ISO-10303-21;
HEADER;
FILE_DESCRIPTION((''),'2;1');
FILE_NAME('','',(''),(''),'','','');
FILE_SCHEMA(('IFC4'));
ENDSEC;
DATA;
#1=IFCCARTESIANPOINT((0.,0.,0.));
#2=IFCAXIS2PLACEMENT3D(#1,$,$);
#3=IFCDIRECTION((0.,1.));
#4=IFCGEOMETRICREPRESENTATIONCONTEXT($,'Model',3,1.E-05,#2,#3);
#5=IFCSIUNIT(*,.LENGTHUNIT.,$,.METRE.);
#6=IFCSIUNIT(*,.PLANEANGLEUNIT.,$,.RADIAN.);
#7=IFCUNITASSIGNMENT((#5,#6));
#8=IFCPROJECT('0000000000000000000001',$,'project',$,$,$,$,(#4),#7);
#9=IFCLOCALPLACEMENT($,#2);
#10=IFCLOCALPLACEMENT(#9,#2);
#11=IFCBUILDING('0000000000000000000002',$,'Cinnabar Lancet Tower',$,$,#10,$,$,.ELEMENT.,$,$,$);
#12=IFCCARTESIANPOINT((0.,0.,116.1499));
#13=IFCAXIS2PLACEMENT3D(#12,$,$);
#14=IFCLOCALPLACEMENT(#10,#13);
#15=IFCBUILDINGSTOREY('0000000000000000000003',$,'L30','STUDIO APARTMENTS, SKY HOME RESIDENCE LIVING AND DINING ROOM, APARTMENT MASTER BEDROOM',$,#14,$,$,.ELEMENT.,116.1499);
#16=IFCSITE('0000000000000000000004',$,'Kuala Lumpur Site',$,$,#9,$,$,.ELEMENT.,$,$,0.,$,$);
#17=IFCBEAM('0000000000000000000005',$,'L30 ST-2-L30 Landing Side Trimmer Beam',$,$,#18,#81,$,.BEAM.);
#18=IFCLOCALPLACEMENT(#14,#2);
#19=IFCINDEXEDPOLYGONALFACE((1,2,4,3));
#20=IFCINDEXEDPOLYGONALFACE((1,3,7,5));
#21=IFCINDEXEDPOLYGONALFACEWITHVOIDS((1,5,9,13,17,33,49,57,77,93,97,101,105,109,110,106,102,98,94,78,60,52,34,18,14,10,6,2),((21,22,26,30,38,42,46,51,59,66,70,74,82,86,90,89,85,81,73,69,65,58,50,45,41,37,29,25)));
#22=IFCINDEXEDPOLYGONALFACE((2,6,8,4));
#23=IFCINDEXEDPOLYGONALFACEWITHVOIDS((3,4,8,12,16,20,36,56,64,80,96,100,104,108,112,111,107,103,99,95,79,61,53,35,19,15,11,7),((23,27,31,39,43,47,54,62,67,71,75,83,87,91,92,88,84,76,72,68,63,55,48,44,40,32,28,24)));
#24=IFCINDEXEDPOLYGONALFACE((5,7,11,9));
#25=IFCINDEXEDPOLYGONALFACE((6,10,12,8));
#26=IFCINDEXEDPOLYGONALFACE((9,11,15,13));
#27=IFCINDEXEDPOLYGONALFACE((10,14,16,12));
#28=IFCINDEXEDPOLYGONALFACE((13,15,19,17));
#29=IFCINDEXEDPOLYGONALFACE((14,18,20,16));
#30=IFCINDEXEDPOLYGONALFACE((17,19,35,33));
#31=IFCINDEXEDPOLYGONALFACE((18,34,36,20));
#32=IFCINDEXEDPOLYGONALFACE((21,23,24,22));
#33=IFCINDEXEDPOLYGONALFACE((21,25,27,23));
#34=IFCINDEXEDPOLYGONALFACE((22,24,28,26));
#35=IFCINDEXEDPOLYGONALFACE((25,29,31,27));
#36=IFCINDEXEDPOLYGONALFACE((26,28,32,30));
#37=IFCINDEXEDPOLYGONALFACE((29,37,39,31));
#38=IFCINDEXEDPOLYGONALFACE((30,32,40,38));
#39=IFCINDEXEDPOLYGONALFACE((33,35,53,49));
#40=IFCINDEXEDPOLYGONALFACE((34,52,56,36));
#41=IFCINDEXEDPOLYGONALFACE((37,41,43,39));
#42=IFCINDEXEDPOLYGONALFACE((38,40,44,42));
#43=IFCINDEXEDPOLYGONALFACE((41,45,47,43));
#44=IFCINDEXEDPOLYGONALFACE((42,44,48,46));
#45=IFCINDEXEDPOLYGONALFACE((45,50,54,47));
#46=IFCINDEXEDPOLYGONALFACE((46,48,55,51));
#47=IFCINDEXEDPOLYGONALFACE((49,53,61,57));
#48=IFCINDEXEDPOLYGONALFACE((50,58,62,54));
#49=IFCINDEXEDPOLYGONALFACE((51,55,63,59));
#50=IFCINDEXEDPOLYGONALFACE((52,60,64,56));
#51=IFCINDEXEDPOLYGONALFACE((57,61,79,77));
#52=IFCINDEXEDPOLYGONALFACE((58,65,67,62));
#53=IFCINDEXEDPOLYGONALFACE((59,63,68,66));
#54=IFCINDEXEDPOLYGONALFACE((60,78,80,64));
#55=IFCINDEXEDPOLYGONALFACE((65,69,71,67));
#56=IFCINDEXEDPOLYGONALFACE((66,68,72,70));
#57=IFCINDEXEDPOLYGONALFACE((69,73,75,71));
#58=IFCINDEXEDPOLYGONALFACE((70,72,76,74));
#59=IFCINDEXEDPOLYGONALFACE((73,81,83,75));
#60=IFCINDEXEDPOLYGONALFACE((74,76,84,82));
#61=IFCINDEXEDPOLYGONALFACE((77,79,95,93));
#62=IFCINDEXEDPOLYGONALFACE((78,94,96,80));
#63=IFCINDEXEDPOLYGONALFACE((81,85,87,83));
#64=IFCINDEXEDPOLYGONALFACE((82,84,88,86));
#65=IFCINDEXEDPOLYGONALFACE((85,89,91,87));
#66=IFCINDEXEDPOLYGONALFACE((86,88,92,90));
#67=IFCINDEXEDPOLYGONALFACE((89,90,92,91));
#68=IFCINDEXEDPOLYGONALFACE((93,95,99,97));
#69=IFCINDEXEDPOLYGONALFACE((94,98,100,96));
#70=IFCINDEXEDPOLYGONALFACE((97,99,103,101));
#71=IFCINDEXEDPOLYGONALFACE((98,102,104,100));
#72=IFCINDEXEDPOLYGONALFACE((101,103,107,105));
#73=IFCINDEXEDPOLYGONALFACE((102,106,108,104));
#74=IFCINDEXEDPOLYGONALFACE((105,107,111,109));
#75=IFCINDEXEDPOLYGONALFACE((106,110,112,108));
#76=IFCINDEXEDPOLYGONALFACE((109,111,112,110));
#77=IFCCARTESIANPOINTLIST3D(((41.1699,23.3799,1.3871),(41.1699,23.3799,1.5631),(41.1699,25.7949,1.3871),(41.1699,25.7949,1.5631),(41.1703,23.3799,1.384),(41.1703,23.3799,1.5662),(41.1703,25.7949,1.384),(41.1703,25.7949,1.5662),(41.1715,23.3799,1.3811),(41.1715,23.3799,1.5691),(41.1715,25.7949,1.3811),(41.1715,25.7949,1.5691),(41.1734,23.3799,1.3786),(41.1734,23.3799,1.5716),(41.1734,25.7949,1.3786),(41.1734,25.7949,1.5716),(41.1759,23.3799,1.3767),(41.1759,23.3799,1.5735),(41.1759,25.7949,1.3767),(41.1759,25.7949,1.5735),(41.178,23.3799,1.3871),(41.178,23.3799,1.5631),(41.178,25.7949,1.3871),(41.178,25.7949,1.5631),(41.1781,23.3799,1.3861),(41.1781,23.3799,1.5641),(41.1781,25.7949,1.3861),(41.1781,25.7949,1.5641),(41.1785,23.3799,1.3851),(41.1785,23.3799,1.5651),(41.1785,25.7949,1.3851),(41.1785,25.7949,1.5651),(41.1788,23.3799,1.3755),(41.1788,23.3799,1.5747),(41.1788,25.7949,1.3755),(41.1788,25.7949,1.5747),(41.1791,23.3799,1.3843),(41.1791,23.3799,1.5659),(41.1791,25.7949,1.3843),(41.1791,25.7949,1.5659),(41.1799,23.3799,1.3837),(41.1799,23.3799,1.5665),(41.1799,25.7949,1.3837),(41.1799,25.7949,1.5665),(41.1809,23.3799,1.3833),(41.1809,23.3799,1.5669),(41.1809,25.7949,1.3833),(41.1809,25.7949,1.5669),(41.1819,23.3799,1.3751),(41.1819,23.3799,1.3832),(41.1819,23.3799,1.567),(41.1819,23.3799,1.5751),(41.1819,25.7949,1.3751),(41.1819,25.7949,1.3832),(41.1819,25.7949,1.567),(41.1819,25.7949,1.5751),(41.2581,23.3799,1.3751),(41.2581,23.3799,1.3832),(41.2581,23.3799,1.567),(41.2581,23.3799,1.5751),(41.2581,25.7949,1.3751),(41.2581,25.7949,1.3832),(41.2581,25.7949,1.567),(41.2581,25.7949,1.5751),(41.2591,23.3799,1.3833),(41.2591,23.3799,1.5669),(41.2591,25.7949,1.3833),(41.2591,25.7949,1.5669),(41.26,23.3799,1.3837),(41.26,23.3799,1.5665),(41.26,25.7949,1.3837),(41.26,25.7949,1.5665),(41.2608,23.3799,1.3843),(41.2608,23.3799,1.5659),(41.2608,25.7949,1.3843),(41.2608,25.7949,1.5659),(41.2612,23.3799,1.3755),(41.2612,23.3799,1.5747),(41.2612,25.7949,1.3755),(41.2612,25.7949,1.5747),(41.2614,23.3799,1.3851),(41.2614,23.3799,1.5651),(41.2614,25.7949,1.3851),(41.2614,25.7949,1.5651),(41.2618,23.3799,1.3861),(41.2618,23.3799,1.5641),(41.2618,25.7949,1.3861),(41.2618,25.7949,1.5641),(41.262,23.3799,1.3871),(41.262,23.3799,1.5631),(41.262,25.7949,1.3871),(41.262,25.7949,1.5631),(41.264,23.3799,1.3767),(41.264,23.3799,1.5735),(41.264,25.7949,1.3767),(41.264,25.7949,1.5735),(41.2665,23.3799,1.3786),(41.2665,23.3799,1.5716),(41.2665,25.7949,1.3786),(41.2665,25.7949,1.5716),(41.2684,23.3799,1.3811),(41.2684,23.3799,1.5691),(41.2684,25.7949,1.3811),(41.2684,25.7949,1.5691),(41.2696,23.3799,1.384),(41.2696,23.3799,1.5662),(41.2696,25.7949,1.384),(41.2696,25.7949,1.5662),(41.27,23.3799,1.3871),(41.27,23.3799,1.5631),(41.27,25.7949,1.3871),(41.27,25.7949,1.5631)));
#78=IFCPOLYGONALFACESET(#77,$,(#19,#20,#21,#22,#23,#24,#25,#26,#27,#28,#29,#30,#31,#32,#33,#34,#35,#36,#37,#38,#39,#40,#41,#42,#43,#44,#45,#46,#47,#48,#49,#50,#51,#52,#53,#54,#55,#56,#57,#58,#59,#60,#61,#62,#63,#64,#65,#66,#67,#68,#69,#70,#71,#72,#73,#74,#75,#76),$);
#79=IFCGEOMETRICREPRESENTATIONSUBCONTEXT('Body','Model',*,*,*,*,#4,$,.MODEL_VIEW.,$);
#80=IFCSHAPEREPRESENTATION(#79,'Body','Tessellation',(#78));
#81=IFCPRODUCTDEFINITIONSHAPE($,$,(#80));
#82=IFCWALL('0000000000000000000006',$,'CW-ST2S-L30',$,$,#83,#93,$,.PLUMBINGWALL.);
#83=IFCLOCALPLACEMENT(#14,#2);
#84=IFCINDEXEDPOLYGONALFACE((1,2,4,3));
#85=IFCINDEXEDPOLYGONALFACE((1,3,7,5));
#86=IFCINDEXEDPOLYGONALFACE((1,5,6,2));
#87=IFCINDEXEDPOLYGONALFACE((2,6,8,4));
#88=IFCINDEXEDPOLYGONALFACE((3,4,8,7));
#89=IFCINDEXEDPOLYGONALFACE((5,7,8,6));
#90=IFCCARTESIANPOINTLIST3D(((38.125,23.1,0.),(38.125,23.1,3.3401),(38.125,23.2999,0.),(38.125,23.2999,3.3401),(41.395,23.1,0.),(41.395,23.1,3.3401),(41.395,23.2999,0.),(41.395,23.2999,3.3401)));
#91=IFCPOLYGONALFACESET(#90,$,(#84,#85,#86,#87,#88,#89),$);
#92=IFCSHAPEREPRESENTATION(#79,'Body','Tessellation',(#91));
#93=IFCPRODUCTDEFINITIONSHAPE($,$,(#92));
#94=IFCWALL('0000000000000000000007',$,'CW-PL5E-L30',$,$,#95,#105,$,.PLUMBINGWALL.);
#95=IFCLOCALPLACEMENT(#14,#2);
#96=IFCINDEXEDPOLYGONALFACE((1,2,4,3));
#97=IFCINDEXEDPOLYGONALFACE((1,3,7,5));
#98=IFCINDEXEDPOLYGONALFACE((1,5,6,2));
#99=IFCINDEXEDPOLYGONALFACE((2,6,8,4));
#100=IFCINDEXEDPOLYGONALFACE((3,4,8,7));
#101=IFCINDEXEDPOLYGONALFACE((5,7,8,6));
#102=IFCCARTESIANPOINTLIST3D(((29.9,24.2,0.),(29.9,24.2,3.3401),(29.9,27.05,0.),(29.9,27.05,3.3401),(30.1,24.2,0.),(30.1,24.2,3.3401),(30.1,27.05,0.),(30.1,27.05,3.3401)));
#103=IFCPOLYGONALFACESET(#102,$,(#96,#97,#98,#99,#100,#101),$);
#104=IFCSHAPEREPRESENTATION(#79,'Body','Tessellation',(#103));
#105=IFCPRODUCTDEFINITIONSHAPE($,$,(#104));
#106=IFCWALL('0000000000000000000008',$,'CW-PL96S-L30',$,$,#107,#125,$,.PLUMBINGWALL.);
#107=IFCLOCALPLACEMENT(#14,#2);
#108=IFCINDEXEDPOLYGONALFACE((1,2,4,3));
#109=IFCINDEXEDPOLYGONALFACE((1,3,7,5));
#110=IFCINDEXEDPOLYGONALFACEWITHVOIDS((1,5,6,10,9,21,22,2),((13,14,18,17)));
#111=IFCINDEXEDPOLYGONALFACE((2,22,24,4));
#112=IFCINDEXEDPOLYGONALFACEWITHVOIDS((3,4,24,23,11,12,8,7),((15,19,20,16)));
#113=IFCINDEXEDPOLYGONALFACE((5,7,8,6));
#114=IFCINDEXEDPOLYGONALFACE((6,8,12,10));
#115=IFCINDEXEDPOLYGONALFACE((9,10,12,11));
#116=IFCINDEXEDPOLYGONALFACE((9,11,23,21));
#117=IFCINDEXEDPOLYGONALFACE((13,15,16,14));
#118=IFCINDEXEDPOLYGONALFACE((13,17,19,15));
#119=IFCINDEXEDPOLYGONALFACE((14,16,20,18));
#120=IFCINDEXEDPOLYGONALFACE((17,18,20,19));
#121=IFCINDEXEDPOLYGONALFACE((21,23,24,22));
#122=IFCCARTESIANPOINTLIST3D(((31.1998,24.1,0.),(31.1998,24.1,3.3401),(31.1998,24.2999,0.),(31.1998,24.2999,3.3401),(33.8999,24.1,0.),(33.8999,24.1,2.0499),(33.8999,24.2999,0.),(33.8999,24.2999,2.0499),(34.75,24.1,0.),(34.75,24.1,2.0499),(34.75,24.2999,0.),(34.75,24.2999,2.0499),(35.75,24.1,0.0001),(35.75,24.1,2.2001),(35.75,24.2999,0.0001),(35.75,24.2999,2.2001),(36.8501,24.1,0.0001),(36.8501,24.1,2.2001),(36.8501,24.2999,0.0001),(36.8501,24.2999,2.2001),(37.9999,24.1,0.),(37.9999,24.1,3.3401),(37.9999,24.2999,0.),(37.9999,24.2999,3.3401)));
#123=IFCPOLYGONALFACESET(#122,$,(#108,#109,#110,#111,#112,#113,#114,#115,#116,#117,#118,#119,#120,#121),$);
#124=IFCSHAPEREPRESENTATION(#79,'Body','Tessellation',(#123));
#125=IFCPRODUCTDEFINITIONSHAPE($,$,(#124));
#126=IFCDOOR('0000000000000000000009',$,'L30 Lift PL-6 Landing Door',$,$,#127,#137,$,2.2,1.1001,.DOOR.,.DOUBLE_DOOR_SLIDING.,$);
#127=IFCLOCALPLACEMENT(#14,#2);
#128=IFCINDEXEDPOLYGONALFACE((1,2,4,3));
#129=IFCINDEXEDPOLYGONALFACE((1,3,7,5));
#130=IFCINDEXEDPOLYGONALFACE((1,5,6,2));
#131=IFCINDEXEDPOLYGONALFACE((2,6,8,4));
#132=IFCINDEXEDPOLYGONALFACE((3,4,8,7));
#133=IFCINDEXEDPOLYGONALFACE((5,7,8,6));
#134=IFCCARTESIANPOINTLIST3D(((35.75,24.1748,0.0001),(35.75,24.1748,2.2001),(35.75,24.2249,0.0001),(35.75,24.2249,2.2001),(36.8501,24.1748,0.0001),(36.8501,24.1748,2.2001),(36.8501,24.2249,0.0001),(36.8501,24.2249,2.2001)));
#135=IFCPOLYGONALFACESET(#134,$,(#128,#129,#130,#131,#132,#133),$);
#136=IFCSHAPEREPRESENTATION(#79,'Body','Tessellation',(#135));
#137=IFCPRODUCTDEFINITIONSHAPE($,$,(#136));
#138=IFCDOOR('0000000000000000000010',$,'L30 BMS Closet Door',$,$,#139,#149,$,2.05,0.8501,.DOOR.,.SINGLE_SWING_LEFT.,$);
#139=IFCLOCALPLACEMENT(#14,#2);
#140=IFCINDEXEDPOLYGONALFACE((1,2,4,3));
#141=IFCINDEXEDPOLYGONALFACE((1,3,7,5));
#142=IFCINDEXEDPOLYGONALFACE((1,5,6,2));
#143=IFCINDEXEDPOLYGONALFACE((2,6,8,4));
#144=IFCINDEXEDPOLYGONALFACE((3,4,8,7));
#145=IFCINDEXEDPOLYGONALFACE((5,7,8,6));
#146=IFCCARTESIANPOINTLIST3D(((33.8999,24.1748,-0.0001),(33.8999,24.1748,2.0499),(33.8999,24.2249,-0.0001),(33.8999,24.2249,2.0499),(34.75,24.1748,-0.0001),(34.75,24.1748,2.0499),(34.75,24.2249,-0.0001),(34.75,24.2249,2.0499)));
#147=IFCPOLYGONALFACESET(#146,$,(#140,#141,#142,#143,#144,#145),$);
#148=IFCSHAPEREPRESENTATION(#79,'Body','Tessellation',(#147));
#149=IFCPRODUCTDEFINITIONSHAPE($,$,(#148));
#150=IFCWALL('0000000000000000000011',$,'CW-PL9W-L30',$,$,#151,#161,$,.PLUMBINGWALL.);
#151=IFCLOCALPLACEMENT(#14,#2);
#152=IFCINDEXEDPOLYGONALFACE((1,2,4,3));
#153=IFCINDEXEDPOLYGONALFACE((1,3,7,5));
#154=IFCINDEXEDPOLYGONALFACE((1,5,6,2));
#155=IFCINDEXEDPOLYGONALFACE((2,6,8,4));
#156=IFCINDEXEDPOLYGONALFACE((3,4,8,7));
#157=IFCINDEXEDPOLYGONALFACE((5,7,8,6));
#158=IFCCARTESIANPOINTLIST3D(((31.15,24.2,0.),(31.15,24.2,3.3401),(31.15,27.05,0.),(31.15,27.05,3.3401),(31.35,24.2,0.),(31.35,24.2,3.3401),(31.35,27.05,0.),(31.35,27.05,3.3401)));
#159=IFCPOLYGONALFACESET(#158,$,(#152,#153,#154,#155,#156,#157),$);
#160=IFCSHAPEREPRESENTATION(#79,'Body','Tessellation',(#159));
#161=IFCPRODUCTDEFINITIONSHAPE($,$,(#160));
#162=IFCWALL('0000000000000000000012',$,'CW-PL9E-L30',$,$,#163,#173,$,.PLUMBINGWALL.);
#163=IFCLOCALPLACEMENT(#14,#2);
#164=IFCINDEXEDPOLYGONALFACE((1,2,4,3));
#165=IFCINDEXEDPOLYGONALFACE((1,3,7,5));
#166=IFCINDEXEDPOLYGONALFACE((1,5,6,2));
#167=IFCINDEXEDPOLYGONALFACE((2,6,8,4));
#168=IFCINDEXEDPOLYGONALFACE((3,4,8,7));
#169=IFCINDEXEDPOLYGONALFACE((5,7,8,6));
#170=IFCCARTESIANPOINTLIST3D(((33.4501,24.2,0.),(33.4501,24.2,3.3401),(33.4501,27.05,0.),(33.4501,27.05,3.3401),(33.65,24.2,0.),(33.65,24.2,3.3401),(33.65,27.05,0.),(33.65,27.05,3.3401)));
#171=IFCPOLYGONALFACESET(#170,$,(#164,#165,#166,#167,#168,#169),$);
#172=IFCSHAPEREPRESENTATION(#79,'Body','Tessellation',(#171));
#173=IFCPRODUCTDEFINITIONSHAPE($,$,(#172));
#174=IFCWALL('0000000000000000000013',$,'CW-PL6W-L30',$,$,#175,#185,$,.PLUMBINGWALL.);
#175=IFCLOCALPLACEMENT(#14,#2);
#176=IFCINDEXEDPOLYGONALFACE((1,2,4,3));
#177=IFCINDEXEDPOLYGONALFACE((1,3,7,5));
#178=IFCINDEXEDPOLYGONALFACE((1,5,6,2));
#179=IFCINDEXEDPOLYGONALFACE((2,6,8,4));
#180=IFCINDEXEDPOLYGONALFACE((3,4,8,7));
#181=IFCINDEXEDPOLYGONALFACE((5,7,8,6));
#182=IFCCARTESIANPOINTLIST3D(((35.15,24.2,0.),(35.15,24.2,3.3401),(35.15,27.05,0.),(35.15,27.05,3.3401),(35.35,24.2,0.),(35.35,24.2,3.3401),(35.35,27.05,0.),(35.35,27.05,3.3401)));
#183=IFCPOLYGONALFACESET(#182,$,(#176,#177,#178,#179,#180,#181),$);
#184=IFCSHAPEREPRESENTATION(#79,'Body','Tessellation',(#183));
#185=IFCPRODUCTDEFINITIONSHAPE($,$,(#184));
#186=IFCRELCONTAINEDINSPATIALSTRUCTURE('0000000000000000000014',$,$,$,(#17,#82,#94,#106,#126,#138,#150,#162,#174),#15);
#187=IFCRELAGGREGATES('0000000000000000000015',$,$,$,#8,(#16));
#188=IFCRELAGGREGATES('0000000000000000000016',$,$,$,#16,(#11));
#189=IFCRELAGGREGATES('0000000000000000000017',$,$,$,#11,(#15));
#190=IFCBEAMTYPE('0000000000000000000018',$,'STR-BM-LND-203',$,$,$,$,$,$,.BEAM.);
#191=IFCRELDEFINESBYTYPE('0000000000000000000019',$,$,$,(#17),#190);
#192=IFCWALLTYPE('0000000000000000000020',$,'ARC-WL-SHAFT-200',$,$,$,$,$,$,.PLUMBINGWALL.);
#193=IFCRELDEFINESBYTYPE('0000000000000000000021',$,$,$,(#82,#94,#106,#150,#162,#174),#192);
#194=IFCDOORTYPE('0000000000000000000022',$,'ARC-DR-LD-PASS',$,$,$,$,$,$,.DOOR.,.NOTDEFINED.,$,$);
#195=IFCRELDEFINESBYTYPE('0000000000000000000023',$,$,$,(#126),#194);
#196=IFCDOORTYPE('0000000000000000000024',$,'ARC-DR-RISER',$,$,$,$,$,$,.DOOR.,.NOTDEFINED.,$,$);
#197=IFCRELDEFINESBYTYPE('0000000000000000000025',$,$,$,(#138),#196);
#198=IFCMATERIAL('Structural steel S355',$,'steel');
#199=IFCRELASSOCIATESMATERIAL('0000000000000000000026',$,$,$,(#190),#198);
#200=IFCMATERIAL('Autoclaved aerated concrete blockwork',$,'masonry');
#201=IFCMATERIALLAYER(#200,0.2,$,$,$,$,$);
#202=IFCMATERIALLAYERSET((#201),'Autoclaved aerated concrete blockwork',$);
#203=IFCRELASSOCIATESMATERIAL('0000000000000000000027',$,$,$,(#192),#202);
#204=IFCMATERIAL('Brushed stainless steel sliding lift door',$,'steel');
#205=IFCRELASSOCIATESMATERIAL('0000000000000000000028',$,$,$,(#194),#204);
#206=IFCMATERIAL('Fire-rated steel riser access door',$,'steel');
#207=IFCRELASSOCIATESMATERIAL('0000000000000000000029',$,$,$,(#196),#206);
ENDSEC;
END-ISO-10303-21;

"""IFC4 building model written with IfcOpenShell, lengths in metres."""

from ifc_helpers import new_model, si_unit, direction, frame, frame_2d, origin, origin_2d, place, context, subcontext, project, spatial, rectangle, hollow_rectangle, extrude, material, layer, layer_set, material_profile, profile_set, type_object, element, fill, save


model = new_model("IFC4")

# Units and contexts
model_context = context("Model", 3, precision=1e-05, world=origin(), true_north=direction((0.0, 1.0)))
body_context = subcontext(model_context, "Body", "Model", "MODEL_VIEW")
ifc_project = project(units=[si_unit("LENGTHUNIT", "METRE"), si_unit("PLANEANGLEUNIT", "RADIAN")], contexts=[model_context])

# Site, building, storey
site_placement = place(None, origin())
site = spatial("IfcSite", under=ifc_project, at=site_placement, Name="Kuala Lumpur Site", CompositionType="ELEMENT", RefElevation=0.0)
building_placement = place(site_placement, origin())
building = spatial("IfcBuilding", under=site, at=building_placement, Name="Cinnabar Lancet Tower", CompositionType="ELEMENT")
storey_placement = place(building_placement, frame((0.0, 0.0, 116.1499)))
storey = spatial("IfcBuildingStorey", under=building, at=storey_placement, Name="L30", Description="STUDIO APARTMENTS, SKY HOME RESIDENCE LIVING AND DINING ROOM, APARTMENT MASTER BEDROOM", CompositionType="ELEMENT", Elevation=116.1499)

# Beam
ifc_material_1 = material(Name="Structural steel S355", Category="steel")
ifc_material_profile_1 = material_profile(ifc_material_1, hollow_rectangle(XDim=0.1001, YDim=0.2, WallThickness=0.0081, InnerFilletRadius=0.0039, OuterFilletRadius=0.012, at=origin_2d()), Name="RHS 200x100x8")
ifc_profile_set_1 = profile_set([ifc_material_profile_1], Name="Structural steel S355")
beam_type_1 = type_object("IfcBeamType", Name="STR-BM-LND-203", PredefinedType="BEAM", material=ifc_profile_set_1)
beam_1_placement = place(storey_placement, frame((41.22, 23.3799, 1.4751), z_axis=(0.0, 1.0, 0.0), x_axis=(-1.0, 0.0, 0.0)))
element("IfcBeam", 1, at=beam_1_placement, inside=storey, type_object=beam_type_1, Name="L30 ST-2-L30 Landing Side Trimmer Beam", PredefinedType="BEAM", context=body_context, shape_type="SweptSolid", body=[
    extrude(hollow_rectangle(XDim=0.1001, YDim=0.2, WallThickness=0.0081, InnerFilletRadius=0.0039, OuterFilletRadius=0.012, at=origin_2d()), origin(), (0.0, 0.0, 1.0), 2.415),
])

# Walls
ifc_material_2 = material(Name="Autoclaved aerated concrete blockwork", Category="masonry")
ifc_layer_1 = layer(ifc_material_2, 0.2)
ifc_layer_set_1 = layer_set([ifc_layer_1], Name="Autoclaved aerated concrete blockwork")
wall_type_1 = type_object("IfcWallType", Name="ARC-WL-SHAFT-200", PredefinedType="PLUMBINGWALL", material=ifc_layer_set_1)
wall_1_placement = place(storey_placement, frame((38.125, 23.2, 0.0), z_axis=(0.0, 0.0, 1.0), x_axis=(1.0, 0.0, 0.0)))
element("IfcWall", 2, at=wall_1_placement, inside=storey, type_object=wall_type_1, Name="CW-ST2S-L30", PredefinedType="PLUMBINGWALL", context=body_context, shape_type="SweptSolid", body=[
    extrude(rectangle(XDim=3.27, YDim=0.2, at=frame_2d((1.635, 0.0))), origin(), (0.0, 0.0, 1.0), 3.3401),
])
wall_2_placement = place(storey_placement, frame((30.0, 24.2, 0.0), z_axis=(0.0, 0.0, 1.0), x_axis=(0.0, 1.0, 0.0)))
element("IfcWall", 3, at=wall_2_placement, inside=storey, type_object=wall_type_1, Name="CW-PL5E-L30", PredefinedType="PLUMBINGWALL", context=body_context, shape_type="SweptSolid", body=[
    extrude(rectangle(XDim=2.8501, YDim=0.2, at=frame_2d((1.425, 0.0))), origin(), (0.0, 0.0, 1.0), 3.3401),
])

# Wall, openings, doors
wall_3_placement = place(storey_placement, frame((31.2, 24.2, 0.0), z_axis=(0.0, 0.0, 1.0), x_axis=(1.0, 0.0, 0.0)))
wall_3 = element("IfcWall", 4, at=wall_3_placement, inside=storey, type_object=wall_type_1, Name="CW-PL96S-L30", PredefinedType="PLUMBINGWALL", context=body_context, shape_type="SweptSolid", body=[
    extrude(rectangle(XDim=6.8, YDim=0.2, at=frame_2d((3.3999, 0.0))), origin(), (0.0, 0.0, 1.0), 3.3401),
])
opening_1_placement = place(wall_3_placement, frame((2.7, 0.0, 0.0)))
opening_1 = element("IfcOpeningElement", 5, at=opening_1_placement, cuts=wall_3, PredefinedType="OPENING", context=body_context, shape_type="SweptSolid", body=[
    extrude(rectangle(XDim=0.8501, YDim=2.05, at=frame_2d((0.425, 1.0249))), frame((0.0, 0.1099, 0.0), z_axis=(0.0, -1.0, 0.0), x_axis=(1.0, 0.0, 0.0)), (0.0, 0.0, 1.0), 0.22),
])
opening_2_placement = place(wall_3_placement, frame((4.55, 0.0, 0.0)))
opening_2 = element("IfcOpeningElement", 6, at=opening_2_placement, cuts=wall_3, PredefinedType="OPENING", context=body_context, shape_type="SweptSolid", body=[
    extrude(rectangle(XDim=1.1001, YDim=2.2, at=frame_2d((0.55, 1.1001))), frame((0.0, 0.1099, 0.0), z_axis=(0.0, -1.0, 0.0), x_axis=(1.0, 0.0, 0.0)), (0.0, 0.0, 1.0), 0.22),
])
ifc_material_3 = material(Name="Brushed stainless steel sliding lift door", Category="steel")
door_type_1 = type_object("IfcDoorType", Name="ARC-DR-LD-PASS", OperationType="NOTDEFINED", PredefinedType="DOOR", material=ifc_material_3)
door_1_placement = place(opening_2_placement, origin())
door_1 = element("IfcDoor", 7, at=door_1_placement, inside=storey, type_object=door_type_1, Name="L30 Lift PL-6 Landing Door", OperationType="DOUBLE_DOOR_SLIDING", OverallHeight=2.2, OverallWidth=1.1001, PredefinedType="DOOR", context=body_context, shape_type="SweptSolid", body=[
    extrude(rectangle(XDim=1.1001, YDim=2.2, at=frame_2d((0.55, 1.1001))), frame((0.0, 0.0249, 0.0), z_axis=(0.0, -1.0, 0.0), x_axis=(1.0, 0.0, 0.0)), (0.0, 0.0, 1.0), 0.05),
])
fill(opening_2, door_1)
ifc_material_4 = material(Name="Fire-rated steel riser access door", Category="steel")
door_type_2 = type_object("IfcDoorType", Name="ARC-DR-RISER", OperationType="NOTDEFINED", PredefinedType="DOOR", material=ifc_material_4)
door_2_placement = place(opening_1_placement, origin())
door_2 = element("IfcDoor", 8, at=door_2_placement, inside=storey, type_object=door_type_2, Name="L30 BMS Closet Door", OperationType="SINGLE_SWING_LEFT", OverallHeight=2.05, OverallWidth=0.8501, PredefinedType="DOOR", context=body_context, shape_type="SweptSolid", body=[
    extrude(rectangle(XDim=0.8501, YDim=2.05, at=frame_2d((0.425, 1.0249))), frame((0.0, 0.0249, 0.0), z_axis=(0.0, -1.0, 0.0), x_axis=(1.0, 0.0, 0.0)), (0.0, 0.0, 1.0), 0.05),
])
fill(opening_1, door_2)

# Walls
for number, where, z_axis, x_axis, name in (
    (9, (31.25, 24.2, 0.0), (0.0, 0.0, 1.0), (0.0, 1.0, 0.0), "CW-PL9W-L30"),
    (10, (33.55, 24.2, 0.0), (0.0, 0.0, 1.0), (0.0, 1.0, 0.0), "CW-PL9E-L30"),
    (11, (35.25, 24.2, 0.0), (0.0, 0.0, 1.0), (0.0, 1.0, 0.0), "CW-PL6W-L30"),
):
    element("IfcWall", number, at=place(storey_placement, frame(where, z_axis=z_axis, x_axis=x_axis)), inside=storey, type_object=wall_type_1, Name=name, PredefinedType="PLUMBINGWALL", context=body_context, shape_type="SweptSolid", body=[
        extrude(rectangle(XDim=2.8501, YDim=0.2, at=frame_2d((1.425, 0.0))), origin(), (0.0, 0.0, 1.0), 3.3401),
    ])

save(model, "model.ifc")
